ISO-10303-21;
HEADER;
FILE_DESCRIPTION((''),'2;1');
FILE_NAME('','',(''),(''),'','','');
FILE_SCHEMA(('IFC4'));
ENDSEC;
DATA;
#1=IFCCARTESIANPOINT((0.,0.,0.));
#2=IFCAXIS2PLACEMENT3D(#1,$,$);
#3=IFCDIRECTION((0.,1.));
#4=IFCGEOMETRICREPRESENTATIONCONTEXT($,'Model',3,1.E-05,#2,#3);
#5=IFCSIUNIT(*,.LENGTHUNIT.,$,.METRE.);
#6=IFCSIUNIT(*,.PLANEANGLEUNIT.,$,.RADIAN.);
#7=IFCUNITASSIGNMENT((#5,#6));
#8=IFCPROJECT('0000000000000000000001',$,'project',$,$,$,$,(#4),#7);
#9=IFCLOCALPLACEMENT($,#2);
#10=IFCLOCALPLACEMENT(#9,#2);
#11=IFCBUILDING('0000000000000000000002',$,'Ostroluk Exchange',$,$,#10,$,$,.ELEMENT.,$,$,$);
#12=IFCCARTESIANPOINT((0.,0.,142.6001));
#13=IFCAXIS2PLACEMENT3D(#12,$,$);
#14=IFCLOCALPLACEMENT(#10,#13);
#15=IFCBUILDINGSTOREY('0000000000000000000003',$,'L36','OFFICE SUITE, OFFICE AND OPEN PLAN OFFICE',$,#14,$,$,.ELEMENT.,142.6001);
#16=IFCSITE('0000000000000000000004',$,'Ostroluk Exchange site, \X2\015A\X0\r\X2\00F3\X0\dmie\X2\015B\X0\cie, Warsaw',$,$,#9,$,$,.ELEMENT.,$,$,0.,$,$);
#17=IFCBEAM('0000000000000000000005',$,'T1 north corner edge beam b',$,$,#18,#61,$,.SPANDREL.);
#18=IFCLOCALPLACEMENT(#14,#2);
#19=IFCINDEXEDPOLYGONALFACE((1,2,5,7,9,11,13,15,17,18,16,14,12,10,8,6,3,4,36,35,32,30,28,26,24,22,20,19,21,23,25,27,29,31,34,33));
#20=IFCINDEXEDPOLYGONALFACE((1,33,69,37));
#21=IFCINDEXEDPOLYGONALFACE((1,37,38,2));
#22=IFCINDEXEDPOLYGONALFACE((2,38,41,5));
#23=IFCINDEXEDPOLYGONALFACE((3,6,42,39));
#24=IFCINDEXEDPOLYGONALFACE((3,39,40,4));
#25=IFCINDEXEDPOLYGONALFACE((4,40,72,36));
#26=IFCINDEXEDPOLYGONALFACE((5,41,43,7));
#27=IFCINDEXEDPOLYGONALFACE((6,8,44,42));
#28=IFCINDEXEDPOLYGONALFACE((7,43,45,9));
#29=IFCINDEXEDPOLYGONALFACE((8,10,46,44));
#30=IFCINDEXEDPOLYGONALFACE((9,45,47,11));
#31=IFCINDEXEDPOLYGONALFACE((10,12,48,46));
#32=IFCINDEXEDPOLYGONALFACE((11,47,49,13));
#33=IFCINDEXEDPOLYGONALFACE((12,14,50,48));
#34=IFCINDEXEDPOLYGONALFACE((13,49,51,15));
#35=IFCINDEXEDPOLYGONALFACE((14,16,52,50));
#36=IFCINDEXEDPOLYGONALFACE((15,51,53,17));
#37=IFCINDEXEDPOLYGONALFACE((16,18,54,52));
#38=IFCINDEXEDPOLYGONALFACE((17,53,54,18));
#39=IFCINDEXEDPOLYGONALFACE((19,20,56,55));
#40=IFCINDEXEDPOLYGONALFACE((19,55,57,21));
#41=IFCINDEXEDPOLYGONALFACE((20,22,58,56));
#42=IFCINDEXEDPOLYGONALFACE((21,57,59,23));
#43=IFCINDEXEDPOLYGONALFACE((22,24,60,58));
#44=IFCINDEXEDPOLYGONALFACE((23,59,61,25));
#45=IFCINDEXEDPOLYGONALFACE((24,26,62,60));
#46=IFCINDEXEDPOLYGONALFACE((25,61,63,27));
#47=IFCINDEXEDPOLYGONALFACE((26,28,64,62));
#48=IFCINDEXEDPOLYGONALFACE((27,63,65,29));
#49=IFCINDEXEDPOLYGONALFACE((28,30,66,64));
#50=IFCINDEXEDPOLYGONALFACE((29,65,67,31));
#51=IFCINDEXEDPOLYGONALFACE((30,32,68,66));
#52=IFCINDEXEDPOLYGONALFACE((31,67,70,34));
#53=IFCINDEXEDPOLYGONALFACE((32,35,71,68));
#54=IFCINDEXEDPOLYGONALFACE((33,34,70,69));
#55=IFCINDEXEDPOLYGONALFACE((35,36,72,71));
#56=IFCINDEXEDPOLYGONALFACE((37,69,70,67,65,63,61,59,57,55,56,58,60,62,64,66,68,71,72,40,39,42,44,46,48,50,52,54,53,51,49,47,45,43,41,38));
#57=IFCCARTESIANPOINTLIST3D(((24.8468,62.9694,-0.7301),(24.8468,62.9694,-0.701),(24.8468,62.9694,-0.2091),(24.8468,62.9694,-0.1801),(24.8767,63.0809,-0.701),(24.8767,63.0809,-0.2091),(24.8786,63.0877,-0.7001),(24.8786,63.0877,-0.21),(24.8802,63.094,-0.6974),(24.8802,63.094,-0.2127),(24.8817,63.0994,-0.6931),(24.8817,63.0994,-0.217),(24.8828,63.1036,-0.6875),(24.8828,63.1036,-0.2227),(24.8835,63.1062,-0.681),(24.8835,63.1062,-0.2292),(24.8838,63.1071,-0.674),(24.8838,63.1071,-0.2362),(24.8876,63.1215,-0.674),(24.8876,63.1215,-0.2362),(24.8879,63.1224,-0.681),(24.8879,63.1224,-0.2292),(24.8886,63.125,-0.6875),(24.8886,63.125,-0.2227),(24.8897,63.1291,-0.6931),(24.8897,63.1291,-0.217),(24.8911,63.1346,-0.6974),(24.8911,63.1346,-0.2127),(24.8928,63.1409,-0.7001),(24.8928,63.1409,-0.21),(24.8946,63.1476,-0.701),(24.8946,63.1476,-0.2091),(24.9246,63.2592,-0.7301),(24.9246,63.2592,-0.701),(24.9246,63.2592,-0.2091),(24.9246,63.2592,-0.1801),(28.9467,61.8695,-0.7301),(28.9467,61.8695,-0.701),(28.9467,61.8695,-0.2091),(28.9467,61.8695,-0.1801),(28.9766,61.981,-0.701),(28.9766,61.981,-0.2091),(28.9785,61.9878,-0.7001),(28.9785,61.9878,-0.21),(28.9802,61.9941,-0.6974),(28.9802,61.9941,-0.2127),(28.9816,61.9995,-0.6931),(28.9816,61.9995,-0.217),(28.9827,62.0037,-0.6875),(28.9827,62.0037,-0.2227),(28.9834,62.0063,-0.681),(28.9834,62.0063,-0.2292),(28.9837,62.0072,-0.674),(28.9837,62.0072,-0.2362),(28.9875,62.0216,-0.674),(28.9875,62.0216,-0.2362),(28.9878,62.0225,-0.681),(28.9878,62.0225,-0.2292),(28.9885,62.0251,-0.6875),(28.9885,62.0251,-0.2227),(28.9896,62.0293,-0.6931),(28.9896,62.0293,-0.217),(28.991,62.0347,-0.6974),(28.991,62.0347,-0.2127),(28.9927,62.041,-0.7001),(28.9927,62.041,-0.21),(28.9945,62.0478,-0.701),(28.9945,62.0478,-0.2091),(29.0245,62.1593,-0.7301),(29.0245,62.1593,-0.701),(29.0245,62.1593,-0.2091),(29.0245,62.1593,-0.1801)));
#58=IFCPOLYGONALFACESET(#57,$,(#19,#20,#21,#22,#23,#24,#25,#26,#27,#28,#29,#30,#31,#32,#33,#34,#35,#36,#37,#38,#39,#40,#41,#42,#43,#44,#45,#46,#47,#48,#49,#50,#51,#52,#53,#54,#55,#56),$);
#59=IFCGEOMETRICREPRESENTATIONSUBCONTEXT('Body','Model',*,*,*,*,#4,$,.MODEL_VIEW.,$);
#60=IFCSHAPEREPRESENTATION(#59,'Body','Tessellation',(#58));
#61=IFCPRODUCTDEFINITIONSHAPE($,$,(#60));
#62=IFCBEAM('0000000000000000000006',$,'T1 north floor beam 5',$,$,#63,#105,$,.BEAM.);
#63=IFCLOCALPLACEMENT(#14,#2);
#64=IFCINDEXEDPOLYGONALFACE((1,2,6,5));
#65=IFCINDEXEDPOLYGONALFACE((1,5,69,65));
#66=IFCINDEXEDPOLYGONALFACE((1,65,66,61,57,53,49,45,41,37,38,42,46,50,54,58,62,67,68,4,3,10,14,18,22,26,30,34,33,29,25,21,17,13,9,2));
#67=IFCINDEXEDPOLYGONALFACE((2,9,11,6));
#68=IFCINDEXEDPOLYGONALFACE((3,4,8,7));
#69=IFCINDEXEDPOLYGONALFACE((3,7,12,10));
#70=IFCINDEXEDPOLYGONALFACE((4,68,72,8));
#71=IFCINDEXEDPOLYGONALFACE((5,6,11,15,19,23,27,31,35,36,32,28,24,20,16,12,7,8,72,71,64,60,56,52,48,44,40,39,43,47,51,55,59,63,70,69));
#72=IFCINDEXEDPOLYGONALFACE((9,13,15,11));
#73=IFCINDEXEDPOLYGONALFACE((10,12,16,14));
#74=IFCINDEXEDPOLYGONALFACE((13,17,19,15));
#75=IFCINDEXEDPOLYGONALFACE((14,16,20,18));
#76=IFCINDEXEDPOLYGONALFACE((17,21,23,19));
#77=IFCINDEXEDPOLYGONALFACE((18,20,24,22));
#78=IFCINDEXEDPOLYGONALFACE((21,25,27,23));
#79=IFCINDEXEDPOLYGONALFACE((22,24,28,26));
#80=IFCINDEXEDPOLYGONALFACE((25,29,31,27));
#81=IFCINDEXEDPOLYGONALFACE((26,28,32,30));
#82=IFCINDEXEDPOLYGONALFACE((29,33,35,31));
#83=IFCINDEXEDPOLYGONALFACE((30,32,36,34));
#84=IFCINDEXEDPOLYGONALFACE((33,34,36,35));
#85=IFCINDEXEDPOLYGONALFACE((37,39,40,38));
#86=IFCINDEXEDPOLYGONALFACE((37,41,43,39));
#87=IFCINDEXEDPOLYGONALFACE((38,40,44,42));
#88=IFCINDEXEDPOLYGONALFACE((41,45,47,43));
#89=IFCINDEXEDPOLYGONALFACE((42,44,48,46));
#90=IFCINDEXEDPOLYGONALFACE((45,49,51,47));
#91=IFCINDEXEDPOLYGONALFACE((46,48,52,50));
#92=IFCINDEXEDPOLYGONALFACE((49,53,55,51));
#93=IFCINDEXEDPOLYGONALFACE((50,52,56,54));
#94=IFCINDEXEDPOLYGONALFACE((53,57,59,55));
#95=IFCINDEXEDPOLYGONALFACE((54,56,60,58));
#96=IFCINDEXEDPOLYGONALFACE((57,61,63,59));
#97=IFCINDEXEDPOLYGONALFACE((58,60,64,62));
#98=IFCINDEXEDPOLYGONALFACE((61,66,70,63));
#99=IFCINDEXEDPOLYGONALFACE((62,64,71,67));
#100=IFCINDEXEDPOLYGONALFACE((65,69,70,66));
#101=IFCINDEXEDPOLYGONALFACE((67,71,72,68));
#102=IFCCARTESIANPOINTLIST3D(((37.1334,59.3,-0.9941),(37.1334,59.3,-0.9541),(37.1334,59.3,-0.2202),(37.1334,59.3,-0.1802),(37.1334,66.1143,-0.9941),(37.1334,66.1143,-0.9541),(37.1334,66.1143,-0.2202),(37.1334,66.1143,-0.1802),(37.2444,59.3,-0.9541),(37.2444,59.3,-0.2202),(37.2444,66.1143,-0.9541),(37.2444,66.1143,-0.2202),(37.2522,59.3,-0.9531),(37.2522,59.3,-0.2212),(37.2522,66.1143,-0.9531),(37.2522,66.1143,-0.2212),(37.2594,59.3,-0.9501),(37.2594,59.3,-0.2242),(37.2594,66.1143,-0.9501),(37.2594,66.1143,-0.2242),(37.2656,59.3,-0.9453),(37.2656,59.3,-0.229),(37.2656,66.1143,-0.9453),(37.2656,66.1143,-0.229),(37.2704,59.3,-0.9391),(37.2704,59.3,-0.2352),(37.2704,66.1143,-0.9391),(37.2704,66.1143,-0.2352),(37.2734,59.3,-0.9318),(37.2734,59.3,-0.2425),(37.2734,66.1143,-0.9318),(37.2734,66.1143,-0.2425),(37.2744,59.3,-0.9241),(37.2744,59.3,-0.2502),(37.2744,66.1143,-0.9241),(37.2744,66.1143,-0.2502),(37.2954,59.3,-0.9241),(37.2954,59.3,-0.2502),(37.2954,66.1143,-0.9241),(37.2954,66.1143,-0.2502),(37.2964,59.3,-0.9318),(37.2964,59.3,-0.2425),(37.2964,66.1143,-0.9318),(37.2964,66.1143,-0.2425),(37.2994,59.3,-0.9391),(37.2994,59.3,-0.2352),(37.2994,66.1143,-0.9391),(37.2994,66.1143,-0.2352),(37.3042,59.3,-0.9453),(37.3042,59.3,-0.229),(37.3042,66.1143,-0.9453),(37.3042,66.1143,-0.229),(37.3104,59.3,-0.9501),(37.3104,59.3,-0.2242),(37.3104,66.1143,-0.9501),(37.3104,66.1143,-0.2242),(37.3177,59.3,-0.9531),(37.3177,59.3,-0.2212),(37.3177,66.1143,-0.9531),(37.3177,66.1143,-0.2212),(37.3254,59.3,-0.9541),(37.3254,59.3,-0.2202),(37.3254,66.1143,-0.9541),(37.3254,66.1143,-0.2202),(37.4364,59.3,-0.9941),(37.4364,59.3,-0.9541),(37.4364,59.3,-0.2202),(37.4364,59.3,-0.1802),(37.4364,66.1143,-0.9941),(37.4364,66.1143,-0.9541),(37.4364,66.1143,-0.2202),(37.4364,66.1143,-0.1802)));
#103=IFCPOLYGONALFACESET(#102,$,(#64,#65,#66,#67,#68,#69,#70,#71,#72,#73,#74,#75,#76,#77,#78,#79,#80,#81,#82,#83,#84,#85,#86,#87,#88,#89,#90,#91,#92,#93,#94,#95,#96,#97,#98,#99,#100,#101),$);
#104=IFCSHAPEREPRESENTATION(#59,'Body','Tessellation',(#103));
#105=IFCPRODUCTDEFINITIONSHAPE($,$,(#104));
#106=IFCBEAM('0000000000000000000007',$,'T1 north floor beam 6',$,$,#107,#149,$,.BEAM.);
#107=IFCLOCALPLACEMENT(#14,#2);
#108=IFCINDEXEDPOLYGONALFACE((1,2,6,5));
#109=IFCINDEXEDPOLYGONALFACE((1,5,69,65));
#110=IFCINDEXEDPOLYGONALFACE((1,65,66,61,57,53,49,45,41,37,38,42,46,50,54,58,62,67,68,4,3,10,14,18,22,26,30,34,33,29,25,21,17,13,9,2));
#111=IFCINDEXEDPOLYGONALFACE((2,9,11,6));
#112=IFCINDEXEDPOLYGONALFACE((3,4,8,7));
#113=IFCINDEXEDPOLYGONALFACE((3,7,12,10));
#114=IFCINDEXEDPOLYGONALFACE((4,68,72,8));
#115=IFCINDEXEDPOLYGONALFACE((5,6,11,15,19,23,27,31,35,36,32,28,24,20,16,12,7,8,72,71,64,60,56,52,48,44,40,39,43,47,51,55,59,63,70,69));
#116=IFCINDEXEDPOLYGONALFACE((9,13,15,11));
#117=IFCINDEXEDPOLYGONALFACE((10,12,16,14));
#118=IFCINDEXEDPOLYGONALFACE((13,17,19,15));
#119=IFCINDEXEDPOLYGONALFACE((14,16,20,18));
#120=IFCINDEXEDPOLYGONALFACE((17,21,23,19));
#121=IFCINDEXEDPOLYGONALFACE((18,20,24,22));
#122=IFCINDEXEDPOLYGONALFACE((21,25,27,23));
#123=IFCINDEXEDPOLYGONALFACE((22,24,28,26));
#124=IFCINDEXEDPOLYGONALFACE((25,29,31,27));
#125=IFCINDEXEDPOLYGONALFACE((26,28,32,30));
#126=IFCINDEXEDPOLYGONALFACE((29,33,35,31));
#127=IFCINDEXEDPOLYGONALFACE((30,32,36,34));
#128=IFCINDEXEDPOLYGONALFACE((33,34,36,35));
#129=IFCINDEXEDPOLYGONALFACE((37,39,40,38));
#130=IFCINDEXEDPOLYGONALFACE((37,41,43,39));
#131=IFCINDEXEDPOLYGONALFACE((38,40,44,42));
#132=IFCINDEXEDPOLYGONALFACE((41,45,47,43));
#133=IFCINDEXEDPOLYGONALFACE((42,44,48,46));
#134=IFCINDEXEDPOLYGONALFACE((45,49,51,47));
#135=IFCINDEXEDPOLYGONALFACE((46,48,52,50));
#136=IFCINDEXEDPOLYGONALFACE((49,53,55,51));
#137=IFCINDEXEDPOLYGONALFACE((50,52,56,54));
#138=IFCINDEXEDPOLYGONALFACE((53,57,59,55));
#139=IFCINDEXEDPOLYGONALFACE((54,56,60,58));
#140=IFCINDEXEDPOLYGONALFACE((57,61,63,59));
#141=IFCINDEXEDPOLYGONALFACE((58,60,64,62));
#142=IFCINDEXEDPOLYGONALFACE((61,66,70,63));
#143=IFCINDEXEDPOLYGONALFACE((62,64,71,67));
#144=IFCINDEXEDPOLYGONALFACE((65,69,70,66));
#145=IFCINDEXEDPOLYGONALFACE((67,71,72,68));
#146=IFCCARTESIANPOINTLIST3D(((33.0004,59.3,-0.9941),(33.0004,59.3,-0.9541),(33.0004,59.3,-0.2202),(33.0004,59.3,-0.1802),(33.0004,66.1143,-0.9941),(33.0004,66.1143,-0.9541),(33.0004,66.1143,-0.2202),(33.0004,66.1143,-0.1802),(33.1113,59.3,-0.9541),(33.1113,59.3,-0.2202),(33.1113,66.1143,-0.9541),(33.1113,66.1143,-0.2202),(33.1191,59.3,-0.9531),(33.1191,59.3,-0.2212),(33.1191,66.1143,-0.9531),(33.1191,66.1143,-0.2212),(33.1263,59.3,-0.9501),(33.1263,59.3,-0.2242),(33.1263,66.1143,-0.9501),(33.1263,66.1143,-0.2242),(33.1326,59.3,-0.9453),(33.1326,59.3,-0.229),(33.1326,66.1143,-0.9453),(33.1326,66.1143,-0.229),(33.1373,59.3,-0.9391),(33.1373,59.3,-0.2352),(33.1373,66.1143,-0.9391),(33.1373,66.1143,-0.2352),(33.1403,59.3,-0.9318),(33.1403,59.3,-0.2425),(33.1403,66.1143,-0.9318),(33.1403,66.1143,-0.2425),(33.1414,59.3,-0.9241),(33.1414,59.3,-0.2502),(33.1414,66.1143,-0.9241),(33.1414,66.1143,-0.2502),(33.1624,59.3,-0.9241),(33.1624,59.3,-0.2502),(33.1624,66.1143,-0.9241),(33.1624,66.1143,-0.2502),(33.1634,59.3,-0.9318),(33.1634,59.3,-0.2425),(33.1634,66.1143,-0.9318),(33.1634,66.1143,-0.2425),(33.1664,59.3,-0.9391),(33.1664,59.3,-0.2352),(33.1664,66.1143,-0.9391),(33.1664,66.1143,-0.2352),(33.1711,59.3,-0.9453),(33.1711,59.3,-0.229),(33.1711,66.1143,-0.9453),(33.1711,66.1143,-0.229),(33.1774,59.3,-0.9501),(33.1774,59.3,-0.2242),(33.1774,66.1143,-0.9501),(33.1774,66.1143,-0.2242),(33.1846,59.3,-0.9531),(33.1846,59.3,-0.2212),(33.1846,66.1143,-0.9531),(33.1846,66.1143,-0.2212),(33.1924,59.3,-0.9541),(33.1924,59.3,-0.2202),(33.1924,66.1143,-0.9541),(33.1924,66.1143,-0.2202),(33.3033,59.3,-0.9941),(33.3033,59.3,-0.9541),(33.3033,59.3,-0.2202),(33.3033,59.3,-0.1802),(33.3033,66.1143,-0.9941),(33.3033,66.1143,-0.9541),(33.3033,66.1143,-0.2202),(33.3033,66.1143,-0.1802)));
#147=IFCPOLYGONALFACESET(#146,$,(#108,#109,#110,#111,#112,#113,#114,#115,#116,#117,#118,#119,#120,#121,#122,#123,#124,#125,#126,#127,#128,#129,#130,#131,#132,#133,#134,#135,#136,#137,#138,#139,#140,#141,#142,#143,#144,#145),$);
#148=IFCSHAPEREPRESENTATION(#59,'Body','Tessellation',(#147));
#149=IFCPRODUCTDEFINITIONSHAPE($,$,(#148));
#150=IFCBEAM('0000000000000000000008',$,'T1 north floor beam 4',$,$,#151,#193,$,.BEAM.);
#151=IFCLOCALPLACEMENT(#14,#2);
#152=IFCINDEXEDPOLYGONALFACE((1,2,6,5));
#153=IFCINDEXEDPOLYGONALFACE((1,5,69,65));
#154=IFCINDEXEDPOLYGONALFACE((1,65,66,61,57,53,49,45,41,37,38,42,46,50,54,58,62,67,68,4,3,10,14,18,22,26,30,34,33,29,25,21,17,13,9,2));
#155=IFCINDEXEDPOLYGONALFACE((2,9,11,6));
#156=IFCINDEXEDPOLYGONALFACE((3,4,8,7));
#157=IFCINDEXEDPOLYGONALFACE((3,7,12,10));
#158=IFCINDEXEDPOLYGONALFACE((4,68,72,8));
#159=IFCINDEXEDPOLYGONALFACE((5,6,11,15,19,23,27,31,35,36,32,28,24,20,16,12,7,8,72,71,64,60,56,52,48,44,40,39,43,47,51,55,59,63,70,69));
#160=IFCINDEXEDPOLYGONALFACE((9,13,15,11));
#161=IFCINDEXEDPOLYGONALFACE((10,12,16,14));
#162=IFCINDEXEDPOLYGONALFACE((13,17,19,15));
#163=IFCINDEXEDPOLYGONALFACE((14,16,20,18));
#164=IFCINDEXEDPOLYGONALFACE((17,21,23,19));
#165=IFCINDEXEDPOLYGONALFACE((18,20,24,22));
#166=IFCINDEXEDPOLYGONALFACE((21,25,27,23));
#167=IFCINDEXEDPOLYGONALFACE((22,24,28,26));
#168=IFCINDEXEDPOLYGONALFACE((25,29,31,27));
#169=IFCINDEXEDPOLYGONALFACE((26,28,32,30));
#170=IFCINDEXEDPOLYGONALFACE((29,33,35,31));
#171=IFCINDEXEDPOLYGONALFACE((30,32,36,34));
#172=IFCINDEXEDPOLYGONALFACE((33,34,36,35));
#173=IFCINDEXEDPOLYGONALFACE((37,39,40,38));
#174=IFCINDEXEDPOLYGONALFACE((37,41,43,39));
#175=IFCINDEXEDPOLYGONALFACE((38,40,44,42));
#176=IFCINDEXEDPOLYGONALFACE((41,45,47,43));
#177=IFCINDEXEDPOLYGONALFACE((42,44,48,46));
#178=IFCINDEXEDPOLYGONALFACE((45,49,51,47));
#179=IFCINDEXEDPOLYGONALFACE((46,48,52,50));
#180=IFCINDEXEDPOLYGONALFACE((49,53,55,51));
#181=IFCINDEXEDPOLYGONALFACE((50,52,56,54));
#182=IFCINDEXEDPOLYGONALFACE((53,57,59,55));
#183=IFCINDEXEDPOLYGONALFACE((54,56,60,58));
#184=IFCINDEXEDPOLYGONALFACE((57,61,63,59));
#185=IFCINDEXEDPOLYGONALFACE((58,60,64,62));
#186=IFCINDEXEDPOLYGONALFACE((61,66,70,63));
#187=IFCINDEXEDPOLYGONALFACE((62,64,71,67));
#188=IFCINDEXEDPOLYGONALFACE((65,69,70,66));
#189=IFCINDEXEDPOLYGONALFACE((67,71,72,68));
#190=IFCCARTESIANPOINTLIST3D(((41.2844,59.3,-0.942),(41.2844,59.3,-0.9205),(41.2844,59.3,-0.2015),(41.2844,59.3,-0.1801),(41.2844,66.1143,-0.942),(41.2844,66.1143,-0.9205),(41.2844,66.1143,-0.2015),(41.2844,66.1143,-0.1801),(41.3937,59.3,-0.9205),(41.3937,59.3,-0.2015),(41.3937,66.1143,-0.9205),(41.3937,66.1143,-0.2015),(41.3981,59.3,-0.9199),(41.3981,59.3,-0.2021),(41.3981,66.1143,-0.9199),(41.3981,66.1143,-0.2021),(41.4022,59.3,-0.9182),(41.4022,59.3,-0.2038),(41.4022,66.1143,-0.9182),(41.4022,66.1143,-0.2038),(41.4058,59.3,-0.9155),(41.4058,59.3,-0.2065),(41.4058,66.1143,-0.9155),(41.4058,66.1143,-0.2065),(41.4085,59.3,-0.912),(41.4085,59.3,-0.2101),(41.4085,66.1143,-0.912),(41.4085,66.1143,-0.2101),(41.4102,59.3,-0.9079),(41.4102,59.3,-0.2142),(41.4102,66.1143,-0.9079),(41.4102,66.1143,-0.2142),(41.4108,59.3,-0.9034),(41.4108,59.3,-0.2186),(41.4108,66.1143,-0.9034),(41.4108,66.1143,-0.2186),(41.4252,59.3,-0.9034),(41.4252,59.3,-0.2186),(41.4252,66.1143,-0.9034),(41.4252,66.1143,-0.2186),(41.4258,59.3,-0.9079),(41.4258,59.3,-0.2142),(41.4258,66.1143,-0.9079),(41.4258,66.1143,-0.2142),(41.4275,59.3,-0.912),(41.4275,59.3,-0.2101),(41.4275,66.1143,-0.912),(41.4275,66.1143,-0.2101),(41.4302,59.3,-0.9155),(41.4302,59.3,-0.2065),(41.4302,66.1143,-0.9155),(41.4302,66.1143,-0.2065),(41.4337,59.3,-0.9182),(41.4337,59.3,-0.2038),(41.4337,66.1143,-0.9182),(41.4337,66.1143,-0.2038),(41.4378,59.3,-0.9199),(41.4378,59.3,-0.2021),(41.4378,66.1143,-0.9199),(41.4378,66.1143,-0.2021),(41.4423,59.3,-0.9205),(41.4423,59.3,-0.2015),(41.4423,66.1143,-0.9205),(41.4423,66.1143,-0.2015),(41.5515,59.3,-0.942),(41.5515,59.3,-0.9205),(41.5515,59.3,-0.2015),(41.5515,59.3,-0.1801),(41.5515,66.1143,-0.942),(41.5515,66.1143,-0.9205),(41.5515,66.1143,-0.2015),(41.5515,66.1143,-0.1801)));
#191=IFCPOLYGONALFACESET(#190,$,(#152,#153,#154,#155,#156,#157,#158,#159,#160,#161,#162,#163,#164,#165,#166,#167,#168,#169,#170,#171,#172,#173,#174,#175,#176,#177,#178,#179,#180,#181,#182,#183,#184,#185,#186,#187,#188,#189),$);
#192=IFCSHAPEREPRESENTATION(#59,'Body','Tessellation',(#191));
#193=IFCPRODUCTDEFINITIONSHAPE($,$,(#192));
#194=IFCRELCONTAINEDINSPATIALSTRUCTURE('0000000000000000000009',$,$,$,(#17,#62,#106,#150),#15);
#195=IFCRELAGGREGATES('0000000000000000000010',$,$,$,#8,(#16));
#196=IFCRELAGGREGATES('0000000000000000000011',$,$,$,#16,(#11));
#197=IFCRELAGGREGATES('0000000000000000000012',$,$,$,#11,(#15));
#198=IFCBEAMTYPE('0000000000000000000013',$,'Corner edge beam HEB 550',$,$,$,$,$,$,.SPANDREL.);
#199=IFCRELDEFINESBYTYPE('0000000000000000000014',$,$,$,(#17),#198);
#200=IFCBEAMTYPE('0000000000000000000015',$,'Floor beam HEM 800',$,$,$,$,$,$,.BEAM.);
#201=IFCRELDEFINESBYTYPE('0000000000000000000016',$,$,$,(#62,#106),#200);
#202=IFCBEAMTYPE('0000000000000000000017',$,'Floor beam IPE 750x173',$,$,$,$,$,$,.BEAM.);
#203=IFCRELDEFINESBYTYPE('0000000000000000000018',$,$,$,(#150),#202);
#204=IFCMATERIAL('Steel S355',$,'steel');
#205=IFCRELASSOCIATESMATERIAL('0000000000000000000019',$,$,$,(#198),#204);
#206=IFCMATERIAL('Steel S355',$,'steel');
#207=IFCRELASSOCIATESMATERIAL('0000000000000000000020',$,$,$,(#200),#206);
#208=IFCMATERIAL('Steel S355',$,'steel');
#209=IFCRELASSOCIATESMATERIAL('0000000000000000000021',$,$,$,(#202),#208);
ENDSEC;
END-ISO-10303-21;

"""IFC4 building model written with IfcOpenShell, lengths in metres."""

from ifc_helpers import new_model, si_unit, direction, frame, origin, origin_2d, place, context, subcontext, project, spatial, i_section, extrude, material, material_profile, profile_set, type_object, element, save


model = new_model("IFC4")

# Units and contexts
model_context = context("Model", 3, precision=1e-05, world=origin(), true_north=direction((0.0, 1.0)))
body_context = subcontext(model_context, "Body", "Model", "MODEL_VIEW")
ifc_project = project(units=[si_unit("LENGTHUNIT", "METRE"), si_unit("PLANEANGLEUNIT", "RADIAN")], contexts=[model_context])

# Site, building, storey
site_placement = place(None, origin())
site = spatial("IfcSite", under=ifc_project, at=site_placement, Name="Ostroluk Exchange site, Śródmieście, Warsaw", CompositionType="ELEMENT", RefElevation=0.0)
building_placement = place(site_placement, origin())
building = spatial("IfcBuilding", under=site, at=building_placement, Name="Ostroluk Exchange", CompositionType="ELEMENT")
storey_placement = place(building_placement, frame((0.0, 0.0, 142.6001)))
storey = spatial("IfcBuildingStorey", under=building, at=storey_placement, Name="L36", Description="OFFICE SUITE, OFFICE AND OPEN PLAN OFFICE", CompositionType="ELEMENT", Elevation=142.6001)

# Beams
ifc_material_1 = material(Name="Steel S355", Category="steel")
ifc_material_profile_1 = material_profile(ifc_material_1, i_section(OverallWidth=0.3, OverallDepth=0.55, WebThickness=0.0149, FlangeThickness=0.0291, FilletRadius=0.0271, at=origin_2d()), Name="HEB 550")
ifc_profile_set_1 = profile_set([ifc_material_profile_1], Name="Steel S355")
beam_type_1 = type_object("IfcBeamType", Name="Corner edge beam HEB 550", PredefinedType="SPANDREL", material=ifc_profile_set_1)
for number, where, z_axis, x_axis, name in (
    (1, (28.9856, 62.0144, -0.4551), (-0.965849, 0.259105, 0.0), (-0.259105, -0.965849, 0.0), "T1 north corner edge beam b"),
):
    element("IfcBeam", number, at=place(storey_placement, frame(where, z_axis=z_axis, x_axis=x_axis)), inside=storey, type_object=beam_type_1, Name=name, PredefinedType="SPANDREL", context=body_context, shape_type="SweptSolid", body=[
        extrude(i_section(OverallWidth=0.3, OverallDepth=0.55, WebThickness=0.0149, FlangeThickness=0.0291, FilletRadius=0.0271, at=origin_2d()), origin(), (0.0, 0.0, 1.0), 4.2449),
    ])
ifc_material_2 = material(Name="Steel S355", Category="steel")
ifc_material_profile_2 = material_profile(ifc_material_2, i_section(OverallWidth=0.303, OverallDepth=0.814, WebThickness=0.021, FlangeThickness=0.04, FilletRadius=0.03, at=origin_2d()), Name="HEM 800")
ifc_profile_set_2 = profile_set([ifc_material_profile_2], Name="Steel S355")
beam_type_2 = type_object("IfcBeamType", Name="Floor beam HEM 800", PredefinedType="BEAM", material=ifc_profile_set_2)
for number, where, z_axis, x_axis, name in (
    (2, (37.2849, 59.3, -0.5872), (0.0, 1.0, 0.0), (-1.0, 0.0, 0.0), "T1 north floor beam 5"),
    (3, (33.1519, 59.3, -0.5872), (0.0, 1.0, 0.0), (-1.0, 0.0, 0.0), "T1 north floor beam 6"),
):
    element("IfcBeam", number, at=place(storey_placement, frame(where, z_axis=z_axis, x_axis=x_axis)), inside=storey, type_object=beam_type_2, Name=name, PredefinedType="BEAM", context=body_context, shape_type="SweptSolid", body=[
        extrude(i_section(OverallWidth=0.303, OverallDepth=0.814, WebThickness=0.021, FlangeThickness=0.04, FilletRadius=0.03, at=origin_2d()), origin(), (0.0, 0.0, 1.0), 6.8142),
    ])
ifc_material_3 = material(Name="Steel S355", Category="steel")
ifc_material_profile_3 = material_profile(ifc_material_3, i_section(OverallWidth=0.2671, OverallDepth=0.762, WebThickness=0.0144, FlangeThickness=0.0215, FilletRadius=0.0171, at=origin_2d()), Name="IPE 750x173")
ifc_profile_set_3 = profile_set([ifc_material_profile_3], Name="Steel S355")
beam_type_3 = type_object("IfcBeamType", Name="Floor beam IPE 750x173", PredefinedType="BEAM", material=ifc_profile_set_3)
beam_1_placement = place(storey_placement, frame((41.418, 59.3, -0.561), z_axis=(0.0, 1.0, 0.0), x_axis=(-1.0, 0.0, 0.0)))
element("IfcBeam", 4, at=beam_1_placement, inside=storey, type_object=beam_type_3, Name="T1 north floor beam 4", PredefinedType="BEAM", context=body_context, shape_type="SweptSolid", body=[
    extrude(i_section(OverallWidth=0.2671, OverallDepth=0.762, WebThickness=0.0144, FlangeThickness=0.0215, FilletRadius=0.0171, at=origin_2d()), origin(), (0.0, 0.0, 1.0), 6.8142),
])

save(model, "model.ifc")
